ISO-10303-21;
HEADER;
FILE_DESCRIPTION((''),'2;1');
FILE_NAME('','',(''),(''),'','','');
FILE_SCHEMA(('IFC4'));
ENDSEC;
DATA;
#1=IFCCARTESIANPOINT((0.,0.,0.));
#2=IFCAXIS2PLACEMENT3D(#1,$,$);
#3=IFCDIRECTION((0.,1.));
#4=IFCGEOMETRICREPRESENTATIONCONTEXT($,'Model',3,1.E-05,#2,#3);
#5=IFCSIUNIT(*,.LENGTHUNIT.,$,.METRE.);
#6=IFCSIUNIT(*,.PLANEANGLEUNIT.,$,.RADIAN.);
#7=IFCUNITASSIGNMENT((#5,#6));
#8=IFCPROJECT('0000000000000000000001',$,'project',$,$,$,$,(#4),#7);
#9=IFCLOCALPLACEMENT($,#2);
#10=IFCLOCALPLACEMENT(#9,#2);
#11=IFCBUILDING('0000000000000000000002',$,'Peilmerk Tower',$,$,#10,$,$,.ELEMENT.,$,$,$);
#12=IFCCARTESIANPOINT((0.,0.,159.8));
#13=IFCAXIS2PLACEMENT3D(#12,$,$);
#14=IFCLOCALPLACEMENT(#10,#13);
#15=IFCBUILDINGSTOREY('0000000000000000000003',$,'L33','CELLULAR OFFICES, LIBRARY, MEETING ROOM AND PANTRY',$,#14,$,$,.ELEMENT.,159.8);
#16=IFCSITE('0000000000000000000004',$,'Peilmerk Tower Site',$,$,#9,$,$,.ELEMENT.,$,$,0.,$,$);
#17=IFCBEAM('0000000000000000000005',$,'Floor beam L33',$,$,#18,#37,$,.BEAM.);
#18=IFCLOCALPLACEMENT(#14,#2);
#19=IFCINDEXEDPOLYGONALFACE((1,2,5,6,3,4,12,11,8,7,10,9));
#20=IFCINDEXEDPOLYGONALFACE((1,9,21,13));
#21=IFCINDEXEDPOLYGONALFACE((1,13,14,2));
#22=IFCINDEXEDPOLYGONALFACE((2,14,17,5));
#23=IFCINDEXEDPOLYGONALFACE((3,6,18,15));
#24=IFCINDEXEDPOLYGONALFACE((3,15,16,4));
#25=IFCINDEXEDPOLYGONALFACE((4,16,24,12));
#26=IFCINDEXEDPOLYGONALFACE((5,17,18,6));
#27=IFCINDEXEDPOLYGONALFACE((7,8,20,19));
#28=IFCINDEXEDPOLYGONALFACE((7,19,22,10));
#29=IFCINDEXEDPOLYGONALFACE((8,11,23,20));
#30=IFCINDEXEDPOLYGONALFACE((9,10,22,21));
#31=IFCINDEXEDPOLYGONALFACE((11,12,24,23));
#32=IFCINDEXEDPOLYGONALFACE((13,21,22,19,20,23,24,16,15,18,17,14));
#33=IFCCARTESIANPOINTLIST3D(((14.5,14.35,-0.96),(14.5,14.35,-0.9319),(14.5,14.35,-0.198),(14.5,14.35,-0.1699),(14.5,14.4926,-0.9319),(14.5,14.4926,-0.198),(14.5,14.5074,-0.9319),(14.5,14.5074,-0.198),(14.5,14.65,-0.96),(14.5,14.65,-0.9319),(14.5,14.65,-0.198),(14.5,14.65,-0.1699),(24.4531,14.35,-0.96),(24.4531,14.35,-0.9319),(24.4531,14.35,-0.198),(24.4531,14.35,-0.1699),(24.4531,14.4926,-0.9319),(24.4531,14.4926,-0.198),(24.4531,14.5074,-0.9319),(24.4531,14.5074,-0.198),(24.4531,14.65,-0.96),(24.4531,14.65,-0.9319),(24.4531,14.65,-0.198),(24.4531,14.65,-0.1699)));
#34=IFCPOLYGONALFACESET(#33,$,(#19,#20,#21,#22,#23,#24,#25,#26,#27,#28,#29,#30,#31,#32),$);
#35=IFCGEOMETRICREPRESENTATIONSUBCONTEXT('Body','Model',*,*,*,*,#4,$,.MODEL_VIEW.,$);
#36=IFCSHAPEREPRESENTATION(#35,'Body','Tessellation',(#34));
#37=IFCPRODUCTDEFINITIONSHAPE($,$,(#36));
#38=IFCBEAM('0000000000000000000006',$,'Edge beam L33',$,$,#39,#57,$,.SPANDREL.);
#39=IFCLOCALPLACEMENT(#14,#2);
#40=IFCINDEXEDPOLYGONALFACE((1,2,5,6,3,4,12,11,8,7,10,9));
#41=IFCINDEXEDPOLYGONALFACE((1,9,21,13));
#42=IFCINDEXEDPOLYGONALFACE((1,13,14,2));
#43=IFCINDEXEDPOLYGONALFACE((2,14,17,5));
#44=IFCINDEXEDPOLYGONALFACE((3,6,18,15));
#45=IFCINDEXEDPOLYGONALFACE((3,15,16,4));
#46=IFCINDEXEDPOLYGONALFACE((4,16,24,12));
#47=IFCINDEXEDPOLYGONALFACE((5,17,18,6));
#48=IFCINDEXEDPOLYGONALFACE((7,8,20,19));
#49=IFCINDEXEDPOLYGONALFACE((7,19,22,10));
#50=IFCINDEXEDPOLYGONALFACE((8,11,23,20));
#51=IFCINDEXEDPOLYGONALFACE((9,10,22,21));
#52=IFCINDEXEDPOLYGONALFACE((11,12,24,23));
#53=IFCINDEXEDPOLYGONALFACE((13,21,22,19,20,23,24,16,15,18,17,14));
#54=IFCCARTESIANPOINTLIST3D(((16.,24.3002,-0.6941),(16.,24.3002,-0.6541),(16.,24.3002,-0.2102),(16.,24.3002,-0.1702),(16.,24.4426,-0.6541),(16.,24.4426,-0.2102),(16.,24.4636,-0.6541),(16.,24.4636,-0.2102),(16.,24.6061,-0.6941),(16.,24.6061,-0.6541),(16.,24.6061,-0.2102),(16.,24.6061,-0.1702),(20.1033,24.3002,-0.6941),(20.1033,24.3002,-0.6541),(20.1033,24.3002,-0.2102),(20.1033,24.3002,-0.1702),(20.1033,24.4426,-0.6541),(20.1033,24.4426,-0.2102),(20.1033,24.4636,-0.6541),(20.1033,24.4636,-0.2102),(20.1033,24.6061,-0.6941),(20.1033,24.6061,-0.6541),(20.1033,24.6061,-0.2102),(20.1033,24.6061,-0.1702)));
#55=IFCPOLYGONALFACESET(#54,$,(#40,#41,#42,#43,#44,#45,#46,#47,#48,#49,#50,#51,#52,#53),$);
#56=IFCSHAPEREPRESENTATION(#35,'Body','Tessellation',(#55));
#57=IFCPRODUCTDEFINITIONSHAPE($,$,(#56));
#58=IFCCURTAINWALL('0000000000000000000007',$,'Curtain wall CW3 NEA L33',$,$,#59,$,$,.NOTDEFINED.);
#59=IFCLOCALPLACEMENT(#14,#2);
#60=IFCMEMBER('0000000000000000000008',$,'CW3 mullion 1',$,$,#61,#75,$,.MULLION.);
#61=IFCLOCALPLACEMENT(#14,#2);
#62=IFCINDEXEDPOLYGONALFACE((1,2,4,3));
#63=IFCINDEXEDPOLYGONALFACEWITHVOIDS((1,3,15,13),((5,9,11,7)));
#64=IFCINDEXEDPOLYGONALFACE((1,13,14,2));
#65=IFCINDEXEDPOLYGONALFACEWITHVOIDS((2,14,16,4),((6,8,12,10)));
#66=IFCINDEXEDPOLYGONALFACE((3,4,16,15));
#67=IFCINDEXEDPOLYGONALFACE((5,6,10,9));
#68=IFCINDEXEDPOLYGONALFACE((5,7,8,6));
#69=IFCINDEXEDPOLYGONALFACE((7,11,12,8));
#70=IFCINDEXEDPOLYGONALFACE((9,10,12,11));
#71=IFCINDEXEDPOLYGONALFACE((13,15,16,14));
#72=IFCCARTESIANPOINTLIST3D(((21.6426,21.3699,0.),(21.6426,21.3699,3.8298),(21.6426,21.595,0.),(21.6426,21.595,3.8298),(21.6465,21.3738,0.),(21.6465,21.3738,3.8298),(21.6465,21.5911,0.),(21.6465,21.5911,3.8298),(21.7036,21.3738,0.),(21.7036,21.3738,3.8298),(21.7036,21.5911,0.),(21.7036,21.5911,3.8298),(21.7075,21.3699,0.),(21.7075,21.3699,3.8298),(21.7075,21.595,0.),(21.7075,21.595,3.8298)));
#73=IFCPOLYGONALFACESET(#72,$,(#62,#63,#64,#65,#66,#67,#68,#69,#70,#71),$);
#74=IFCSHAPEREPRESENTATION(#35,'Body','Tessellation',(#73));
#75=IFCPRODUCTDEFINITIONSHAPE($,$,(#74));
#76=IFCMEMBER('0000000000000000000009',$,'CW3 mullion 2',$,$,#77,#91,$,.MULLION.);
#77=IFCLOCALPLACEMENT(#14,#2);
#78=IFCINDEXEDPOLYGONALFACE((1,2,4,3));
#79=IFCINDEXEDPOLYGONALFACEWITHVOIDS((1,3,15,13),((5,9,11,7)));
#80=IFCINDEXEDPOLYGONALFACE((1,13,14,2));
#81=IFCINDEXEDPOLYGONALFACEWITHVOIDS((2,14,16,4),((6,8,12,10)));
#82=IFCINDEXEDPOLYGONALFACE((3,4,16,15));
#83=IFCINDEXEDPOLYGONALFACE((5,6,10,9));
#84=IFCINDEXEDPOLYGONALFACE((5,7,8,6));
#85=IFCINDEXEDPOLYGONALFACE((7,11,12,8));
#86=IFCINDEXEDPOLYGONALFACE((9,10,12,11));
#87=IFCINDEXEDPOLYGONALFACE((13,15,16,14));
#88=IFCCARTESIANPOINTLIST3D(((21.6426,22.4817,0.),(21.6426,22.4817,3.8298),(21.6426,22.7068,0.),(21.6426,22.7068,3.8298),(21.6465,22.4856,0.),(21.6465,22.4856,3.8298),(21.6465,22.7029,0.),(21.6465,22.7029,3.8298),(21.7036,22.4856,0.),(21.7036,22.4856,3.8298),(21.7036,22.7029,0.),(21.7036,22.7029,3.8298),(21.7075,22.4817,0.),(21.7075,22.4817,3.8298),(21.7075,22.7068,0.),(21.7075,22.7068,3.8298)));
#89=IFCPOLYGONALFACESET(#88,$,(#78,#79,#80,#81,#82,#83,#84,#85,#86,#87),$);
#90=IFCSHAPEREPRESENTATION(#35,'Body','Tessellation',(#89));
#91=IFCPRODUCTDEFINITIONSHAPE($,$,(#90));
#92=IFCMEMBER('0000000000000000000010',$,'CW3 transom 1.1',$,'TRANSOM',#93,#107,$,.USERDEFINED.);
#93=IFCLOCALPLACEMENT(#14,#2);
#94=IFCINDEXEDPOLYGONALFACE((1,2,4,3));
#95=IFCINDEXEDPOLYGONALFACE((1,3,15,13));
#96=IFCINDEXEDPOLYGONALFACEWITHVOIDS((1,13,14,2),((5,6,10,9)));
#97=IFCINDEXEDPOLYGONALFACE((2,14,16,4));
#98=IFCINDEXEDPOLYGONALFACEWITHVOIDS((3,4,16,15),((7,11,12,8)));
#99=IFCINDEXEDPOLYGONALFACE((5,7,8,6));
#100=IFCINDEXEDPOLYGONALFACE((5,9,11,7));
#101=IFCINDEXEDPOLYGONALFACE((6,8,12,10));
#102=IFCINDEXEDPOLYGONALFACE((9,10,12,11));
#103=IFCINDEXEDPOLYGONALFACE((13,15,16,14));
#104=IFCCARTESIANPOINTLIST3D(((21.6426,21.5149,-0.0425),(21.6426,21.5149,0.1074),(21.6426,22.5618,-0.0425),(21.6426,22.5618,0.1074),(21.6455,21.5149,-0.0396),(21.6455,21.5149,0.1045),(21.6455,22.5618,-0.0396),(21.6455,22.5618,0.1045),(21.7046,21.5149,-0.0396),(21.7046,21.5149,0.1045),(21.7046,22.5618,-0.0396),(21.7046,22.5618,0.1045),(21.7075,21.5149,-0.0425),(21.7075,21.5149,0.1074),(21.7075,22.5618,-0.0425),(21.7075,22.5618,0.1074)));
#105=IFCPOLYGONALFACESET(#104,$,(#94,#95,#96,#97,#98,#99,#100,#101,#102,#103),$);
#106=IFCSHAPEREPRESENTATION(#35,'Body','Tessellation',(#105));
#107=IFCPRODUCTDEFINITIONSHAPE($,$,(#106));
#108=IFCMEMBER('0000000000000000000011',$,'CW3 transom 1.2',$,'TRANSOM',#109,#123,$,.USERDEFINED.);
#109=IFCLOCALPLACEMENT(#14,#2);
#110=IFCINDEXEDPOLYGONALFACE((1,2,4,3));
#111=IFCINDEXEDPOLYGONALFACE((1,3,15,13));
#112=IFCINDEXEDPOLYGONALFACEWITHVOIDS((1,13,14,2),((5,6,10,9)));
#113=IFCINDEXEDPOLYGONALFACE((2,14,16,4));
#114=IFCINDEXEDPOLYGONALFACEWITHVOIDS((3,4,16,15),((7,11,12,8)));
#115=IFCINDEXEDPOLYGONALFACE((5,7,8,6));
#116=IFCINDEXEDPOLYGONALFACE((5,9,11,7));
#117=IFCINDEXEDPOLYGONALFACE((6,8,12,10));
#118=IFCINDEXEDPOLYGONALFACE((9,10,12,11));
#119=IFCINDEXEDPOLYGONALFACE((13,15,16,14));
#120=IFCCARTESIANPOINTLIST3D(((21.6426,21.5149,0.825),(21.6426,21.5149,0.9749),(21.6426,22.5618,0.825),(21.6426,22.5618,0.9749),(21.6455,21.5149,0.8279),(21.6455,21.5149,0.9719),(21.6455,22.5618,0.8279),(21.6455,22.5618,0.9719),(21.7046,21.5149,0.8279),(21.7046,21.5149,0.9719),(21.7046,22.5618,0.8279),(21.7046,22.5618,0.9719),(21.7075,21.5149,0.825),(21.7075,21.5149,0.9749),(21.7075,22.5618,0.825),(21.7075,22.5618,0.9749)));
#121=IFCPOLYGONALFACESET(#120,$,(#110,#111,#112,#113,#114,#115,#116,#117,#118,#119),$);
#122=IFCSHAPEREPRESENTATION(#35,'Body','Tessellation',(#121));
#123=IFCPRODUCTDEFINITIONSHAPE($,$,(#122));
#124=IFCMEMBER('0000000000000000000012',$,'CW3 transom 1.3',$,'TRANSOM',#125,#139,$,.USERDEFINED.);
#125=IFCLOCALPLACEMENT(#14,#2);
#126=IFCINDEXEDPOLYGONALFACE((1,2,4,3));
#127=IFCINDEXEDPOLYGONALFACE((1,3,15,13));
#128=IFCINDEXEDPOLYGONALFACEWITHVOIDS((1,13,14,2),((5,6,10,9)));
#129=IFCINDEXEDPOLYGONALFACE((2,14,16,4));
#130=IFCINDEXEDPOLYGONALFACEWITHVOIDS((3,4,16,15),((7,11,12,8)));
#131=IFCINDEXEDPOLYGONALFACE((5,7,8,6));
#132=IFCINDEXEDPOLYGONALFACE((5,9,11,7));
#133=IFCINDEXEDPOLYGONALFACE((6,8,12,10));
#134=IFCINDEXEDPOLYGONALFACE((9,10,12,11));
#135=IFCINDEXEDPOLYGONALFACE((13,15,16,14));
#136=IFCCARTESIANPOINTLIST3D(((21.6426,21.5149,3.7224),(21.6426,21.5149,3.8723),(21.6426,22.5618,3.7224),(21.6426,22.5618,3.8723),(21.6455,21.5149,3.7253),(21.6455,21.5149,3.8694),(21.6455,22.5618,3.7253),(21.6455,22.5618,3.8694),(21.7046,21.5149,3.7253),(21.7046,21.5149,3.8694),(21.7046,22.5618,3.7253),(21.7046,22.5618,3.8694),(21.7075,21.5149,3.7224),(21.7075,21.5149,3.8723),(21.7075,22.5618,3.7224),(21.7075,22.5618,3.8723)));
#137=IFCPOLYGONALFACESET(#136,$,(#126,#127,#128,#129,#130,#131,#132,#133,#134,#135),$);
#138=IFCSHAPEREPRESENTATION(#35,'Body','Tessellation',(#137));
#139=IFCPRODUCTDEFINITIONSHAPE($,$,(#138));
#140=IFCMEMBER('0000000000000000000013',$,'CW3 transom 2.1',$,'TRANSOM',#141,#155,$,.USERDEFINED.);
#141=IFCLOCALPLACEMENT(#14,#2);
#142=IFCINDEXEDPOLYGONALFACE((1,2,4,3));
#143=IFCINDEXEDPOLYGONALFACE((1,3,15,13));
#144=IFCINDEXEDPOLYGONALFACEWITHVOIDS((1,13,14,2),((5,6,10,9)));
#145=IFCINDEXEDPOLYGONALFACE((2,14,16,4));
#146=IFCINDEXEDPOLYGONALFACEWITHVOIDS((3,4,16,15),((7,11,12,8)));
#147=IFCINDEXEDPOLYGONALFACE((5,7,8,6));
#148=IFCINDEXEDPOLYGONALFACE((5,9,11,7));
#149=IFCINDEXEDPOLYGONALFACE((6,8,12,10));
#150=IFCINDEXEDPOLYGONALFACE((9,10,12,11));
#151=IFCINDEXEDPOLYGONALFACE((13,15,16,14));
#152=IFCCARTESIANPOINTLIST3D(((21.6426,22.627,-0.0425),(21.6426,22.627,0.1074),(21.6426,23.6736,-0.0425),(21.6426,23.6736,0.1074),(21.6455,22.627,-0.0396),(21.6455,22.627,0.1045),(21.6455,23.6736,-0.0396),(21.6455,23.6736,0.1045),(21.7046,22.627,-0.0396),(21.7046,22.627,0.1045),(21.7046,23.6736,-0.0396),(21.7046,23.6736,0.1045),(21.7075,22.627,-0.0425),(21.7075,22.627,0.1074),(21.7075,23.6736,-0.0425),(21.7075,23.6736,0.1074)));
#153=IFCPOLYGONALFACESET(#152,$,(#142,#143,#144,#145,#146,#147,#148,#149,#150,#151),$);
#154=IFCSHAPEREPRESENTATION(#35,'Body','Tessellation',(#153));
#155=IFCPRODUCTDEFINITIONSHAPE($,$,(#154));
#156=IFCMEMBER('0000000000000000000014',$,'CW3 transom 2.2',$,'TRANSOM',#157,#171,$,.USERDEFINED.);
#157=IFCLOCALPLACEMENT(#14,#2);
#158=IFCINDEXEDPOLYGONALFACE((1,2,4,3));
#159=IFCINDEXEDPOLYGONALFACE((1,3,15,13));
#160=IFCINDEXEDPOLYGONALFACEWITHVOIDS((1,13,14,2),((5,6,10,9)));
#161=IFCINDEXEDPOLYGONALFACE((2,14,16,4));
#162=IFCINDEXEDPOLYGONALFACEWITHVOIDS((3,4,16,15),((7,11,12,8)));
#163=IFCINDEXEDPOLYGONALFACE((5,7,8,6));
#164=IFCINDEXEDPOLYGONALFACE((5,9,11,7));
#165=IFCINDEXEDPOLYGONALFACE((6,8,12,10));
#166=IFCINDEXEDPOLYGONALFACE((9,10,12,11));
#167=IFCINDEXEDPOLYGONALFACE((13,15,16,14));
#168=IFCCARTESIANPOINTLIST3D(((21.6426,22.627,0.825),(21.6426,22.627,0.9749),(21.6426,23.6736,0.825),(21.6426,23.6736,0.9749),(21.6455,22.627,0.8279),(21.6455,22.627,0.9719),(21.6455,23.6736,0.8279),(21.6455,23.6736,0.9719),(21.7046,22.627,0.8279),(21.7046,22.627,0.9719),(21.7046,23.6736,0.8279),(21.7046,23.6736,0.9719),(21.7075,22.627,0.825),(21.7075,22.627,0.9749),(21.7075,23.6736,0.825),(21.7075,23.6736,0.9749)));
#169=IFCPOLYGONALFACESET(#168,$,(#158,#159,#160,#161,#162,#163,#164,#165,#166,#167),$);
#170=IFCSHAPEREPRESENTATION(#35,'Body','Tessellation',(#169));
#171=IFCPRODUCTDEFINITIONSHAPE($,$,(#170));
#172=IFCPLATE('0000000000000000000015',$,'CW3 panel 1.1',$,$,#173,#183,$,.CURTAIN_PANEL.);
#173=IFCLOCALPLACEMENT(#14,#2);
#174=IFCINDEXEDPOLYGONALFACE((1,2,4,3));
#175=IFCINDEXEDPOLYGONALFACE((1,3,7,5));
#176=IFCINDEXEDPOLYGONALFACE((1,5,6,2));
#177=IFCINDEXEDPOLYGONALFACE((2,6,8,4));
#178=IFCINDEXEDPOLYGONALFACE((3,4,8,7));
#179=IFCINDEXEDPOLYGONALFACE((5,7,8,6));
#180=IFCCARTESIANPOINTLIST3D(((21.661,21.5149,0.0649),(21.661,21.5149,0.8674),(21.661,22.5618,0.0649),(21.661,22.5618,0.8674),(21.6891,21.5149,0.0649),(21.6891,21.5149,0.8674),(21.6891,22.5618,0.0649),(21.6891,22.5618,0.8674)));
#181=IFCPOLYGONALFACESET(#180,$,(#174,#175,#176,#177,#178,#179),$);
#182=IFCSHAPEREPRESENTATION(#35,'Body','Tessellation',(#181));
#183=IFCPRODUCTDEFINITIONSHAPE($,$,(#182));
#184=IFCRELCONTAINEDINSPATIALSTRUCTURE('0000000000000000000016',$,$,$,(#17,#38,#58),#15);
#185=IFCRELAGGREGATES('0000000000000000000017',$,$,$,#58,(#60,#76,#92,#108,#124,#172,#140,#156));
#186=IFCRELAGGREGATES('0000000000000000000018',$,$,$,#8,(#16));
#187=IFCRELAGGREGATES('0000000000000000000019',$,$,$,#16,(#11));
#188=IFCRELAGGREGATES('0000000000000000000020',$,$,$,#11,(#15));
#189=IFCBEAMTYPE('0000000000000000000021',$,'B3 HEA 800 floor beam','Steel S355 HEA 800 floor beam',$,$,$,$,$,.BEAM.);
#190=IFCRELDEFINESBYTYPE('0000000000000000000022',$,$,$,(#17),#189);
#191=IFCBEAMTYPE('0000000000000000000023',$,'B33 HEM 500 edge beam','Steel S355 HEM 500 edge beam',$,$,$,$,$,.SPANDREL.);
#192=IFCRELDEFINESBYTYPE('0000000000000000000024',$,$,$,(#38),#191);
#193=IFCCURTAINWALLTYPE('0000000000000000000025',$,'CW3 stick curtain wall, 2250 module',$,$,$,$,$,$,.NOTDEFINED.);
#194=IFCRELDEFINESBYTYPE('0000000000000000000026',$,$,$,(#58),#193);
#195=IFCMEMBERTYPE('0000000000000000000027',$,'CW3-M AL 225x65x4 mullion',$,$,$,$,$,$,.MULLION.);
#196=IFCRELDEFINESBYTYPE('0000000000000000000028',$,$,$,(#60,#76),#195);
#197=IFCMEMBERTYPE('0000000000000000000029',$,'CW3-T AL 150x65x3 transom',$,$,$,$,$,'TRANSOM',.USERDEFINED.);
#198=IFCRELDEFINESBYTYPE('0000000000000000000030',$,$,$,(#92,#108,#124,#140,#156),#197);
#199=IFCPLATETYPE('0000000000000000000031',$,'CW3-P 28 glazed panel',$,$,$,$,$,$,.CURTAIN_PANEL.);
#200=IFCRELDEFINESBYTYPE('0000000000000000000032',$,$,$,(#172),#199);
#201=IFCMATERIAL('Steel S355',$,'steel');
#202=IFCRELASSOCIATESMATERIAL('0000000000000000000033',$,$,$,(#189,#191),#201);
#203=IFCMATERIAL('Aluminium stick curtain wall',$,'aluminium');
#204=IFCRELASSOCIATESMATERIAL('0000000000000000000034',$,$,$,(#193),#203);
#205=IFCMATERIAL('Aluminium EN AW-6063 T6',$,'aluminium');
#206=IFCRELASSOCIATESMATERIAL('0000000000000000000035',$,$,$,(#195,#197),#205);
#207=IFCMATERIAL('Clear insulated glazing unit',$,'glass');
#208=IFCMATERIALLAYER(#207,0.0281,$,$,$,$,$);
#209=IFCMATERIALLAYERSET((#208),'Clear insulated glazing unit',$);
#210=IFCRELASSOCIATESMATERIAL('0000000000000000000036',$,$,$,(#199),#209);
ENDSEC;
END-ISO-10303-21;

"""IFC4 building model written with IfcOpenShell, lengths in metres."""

from ifc_helpers import new_model, si_unit, direction, frame, origin, origin_2d, place, context, subcontext, project, spatial, rectangle, hollow_rectangle, i_section, extrude, material, layer, layer_set, material_profile, profile_set, type_object, element, aggregate, save


model = new_model("IFC4")

# Units and contexts
model_context = context("Model", 3, precision=1e-05, world=origin(), true_north=direction((0.0, 1.0)))
body_context = subcontext(model_context, "Body", "Model", "MODEL_VIEW")
ifc_project = project(units=[si_unit("LENGTHUNIT", "METRE"), si_unit("PLANEANGLEUNIT", "RADIAN")], contexts=[model_context])

# Site, building, storey
site_placement = place(None, origin())
site = spatial("IfcSite", under=ifc_project, at=site_placement, Name="Peilmerk Tower Site", CompositionType="ELEMENT", RefElevation=0.0)
building_placement = place(site_placement, origin())
building = spatial("IfcBuilding", under=site, at=building_placement, Name="Peilmerk Tower", CompositionType="ELEMENT")
storey_placement = place(building_placement, frame((0.0, 0.0, 159.8)))
storey = spatial("IfcBuildingStorey", under=building, at=storey_placement, Name="L33", Description="CELLULAR OFFICES, LIBRARY, MEETING ROOM AND PANTRY", CompositionType="ELEMENT", Elevation=159.8)

# Beams
ifc_material_1 = material(Name="Steel S355", Category="steel")
ifc_material_profile_1 = material_profile(ifc_material_1, i_section(OverallWidth=0.3, OverallDepth=0.79, WebThickness=0.0149, FlangeThickness=0.0281, at=origin_2d()), Name="HEA 800")
ifc_profile_set_1 = profile_set([ifc_material_profile_1], Name="Steel S355")
beam_type_1 = type_object("IfcBeamType", Name="B3 HEA 800 floor beam", Description="Steel S355 HEA 800 floor beam", PredefinedType="BEAM", material=ifc_profile_set_1)
for number, where, z_axis, x_axis, name in (
    (1, (14.5, 14.5, -0.5649), (1.0, 0.0, 0.0), (0.0, 1.0, 0.0), "Floor beam L33"),
):
    element("IfcBeam", number, at=place(storey_placement, frame(where, z_axis=z_axis, x_axis=x_axis)), inside=storey, type_object=beam_type_1, Name=name, PredefinedType="BEAM", context=body_context, shape_type="SweptSolid", body=[
        extrude(i_section(OverallWidth=0.3, OverallDepth=0.79, WebThickness=0.0149, FlangeThickness=0.0281, at=origin_2d()), origin(), (0.0, 0.0, 1.0), 9.9531),
    ])
ifc_material_profile_2 = material_profile(ifc_material_1, i_section(OverallWidth=0.3059, OverallDepth=0.5239, WebThickness=0.021, FlangeThickness=0.04, at=origin_2d()), Name="HEM 500")
ifc_profile_set_2 = profile_set([ifc_material_profile_2], Name="Steel S355")
beam_type_2 = type_object("IfcBeamType", Name="B33 HEM 500 edge beam", Description="Steel S355 HEM 500 edge beam", PredefinedType="SPANDREL", material=ifc_profile_set_2)
beam_1_placement = place(storey_placement, frame((20.1033, 24.4531, -0.4321), z_axis=(-1.0, 0.0, 0.0), x_axis=(0.0, -1.0, 0.0)))
element("IfcBeam", 2, at=beam_1_placement, inside=storey, type_object=beam_type_2, Name="Edge beam L33", PredefinedType="SPANDREL", context=body_context, shape_type="SweptSolid", body=[
    extrude(i_section(OverallWidth=0.3059, OverallDepth=0.5239, WebThickness=0.021, FlangeThickness=0.04, at=origin_2d()), origin(), (0.0, 0.0, 1.0), 4.1033),
])

# Curtain wall, members, plate
ifc_material_2 = material(Name="Aluminium stick curtain wall", Category="aluminium")
curtain_wall_type = type_object("IfcCurtainWallType", Name="CW3 stick curtain wall, 2250 module", PredefinedType="NOTDEFINED", material=ifc_material_2)
curtain_wall_placement = place(storey_placement, origin())
curtain_wall = element("IfcCurtainWall", 3, at=curtain_wall_placement, inside=storey, type_object=curtain_wall_type, Name="Curtain wall CW3 NEA L33", PredefinedType="NOTDEFINED")
ifc_material_3 = material(Name="Aluminium EN AW-6063 T6", Category="aluminium")
ifc_material_profile_3 = material_profile(ifc_material_3, hollow_rectangle(XDim=0.0649, YDim=0.2251, WallThickness=0.0039, at=origin_2d()), Name="AL 225x65x4")
ifc_profile_set_3 = profile_set([ifc_material_profile_3], Name="Aluminium EN AW-6063 T6")
member_type_1 = type_object("IfcMemberType", Name="CW3-M AL 225x65x4 mullion", PredefinedType="MULLION", material=ifc_profile_set_3)
member_1_placement = place(storey_placement, frame((21.675, 21.4824, 0.0), z_axis=(0.0, 0.0, 1.0), x_axis=(-1.0, 0.0, 0.0)))
member_1 = element("IfcMember", 4, at=member_1_placement, type_object=member_type_1, Name="CW3 mullion 1", PredefinedType="MULLION", context=body_context, shape_type="SweptSolid", body=[
    extrude(hollow_rectangle(XDim=0.0649, YDim=0.2251, WallThickness=0.0039, at=origin_2d()), origin(), (0.0, 0.0, 1.0), 3.8298),
])
member_2_placement = place(storey_placement, frame((21.675, 22.5942, 0.0), z_axis=(0.0, 0.0, 1.0), x_axis=(-1.0, 0.0, 0.0)))
member_2 = element("IfcMember", 5, at=member_2_placement, type_object=member_type_1, Name="CW3 mullion 2", PredefinedType="MULLION", context=body_context, shape_type="SweptSolid", body=[
    extrude(hollow_rectangle(XDim=0.0649, YDim=0.2251, WallThickness=0.0039, at=origin_2d()), origin(), (0.0, 0.0, 1.0), 3.8298),
])
ifc_material_profile_4 = material_profile(ifc_material_3, hollow_rectangle(XDim=0.0649, YDim=0.1499, WallThickness=0.0029, at=origin_2d()), Name="AL 150x65x3")
ifc_profile_set_4 = profile_set([ifc_material_profile_4], Name="Aluminium EN AW-6063 T6")
member_type_2 = type_object("IfcMemberType", Name="CW3-T AL 150x65x3 transom", ElementType="TRANSOM", PredefinedType="USERDEFINED", material=ifc_profile_set_4)
member_3_placement = place(storey_placement, frame((21.675, 21.5149, 0.0325), z_axis=(0.0, 1.0, 0.0), x_axis=(-1.0, 0.0, 0.0)))
member_3 = element("IfcMember", 6, at=member_3_placement, type_object=member_type_2, Name="CW3 transom 1.1", ObjectType="TRANSOM", PredefinedType="USERDEFINED", context=body_context, shape_type="SweptSolid", body=[
    extrude(hollow_rectangle(XDim=0.0649, YDim=0.1499, WallThickness=0.0029, at=origin_2d()), origin(), (0.0, 0.0, 1.0), 1.0469),
])
member_4_placement = place(storey_placement, frame((21.675, 21.5149, 0.8999), z_axis=(0.0, 1.0, 0.0), x_axis=(-1.0, 0.0, 0.0)))
member_4 = element("IfcMember", 7, at=member_4_placement, type_object=member_type_2, Name="CW3 transom 1.2", ObjectType="TRANSOM", PredefinedType="USERDEFINED", context=body_context, shape_type="SweptSolid", body=[
    extrude(hollow_rectangle(XDim=0.0649, YDim=0.1499, WallThickness=0.0029, at=origin_2d()), origin(), (0.0, 0.0, 1.0), 1.0469),
])
member_5_placement = place(storey_placement, frame((21.675, 21.5149, 3.7974), z_axis=(0.0, 1.0, 0.0), x_axis=(-1.0, 0.0, 0.0)))
member_5 = element("IfcMember", 8, at=member_5_placement, type_object=member_type_2, Name="CW3 transom 1.3", ObjectType="TRANSOM", PredefinedType="USERDEFINED", context=body_context, shape_type="SweptSolid", body=[
    extrude(hollow_rectangle(XDim=0.0649, YDim=0.1499, WallThickness=0.0029, at=origin_2d()), origin(), (0.0, 0.0, 1.0), 1.0469),
])
member_6_placement = place(storey_placement, frame((21.675, 22.627, 0.0325), z_axis=(0.0, 1.0, 0.0), x_axis=(-1.0, 0.0, 0.0)))
member_6 = element("IfcMember", 9, at=member_6_placement, type_object=member_type_2, Name="CW3 transom 2.1", ObjectType="TRANSOM", PredefinedType="USERDEFINED", context=body_context, shape_type="SweptSolid", body=[
    extrude(hollow_rectangle(XDim=0.0649, YDim=0.1499, WallThickness=0.0029, at=origin_2d()), origin(), (0.0, 0.0, 1.0), 1.0466),
])
member_7_placement = place(storey_placement, frame((21.675, 22.627, 0.8999), z_axis=(0.0, 1.0, 0.0), x_axis=(-1.0, 0.0, 0.0)))
member_7 = element("IfcMember", 10, at=member_7_placement, type_object=member_type_2, Name="CW3 transom 2.2", ObjectType="TRANSOM", PredefinedType="USERDEFINED", context=body_context, shape_type="SweptSolid", body=[
    extrude(hollow_rectangle(XDim=0.0649, YDim=0.1499, WallThickness=0.0029, at=origin_2d()), origin(), (0.0, 0.0, 1.0), 1.0466),
])
ifc_material_4 = material(Name="Clear insulated glazing unit", Category="glass")
ifc_layer_1 = layer(ifc_material_4, 0.0281)
ifc_layer_set_1 = layer_set([ifc_layer_1], Name="Clear insulated glazing unit")
plate_type = type_object("IfcPlateType", Name="CW3-P 28 glazed panel", PredefinedType="CURTAIN_PANEL", material=ifc_layer_set_1)
plate_1_placement = place(storey_placement, frame((21.675, 22.0383, 0.0649), z_axis=(0.0, 0.0, 1.0), x_axis=(0.0, 1.0, 0.0)))
plate_1 = element("IfcPlate", 11, at=plate_1_placement, type_object=plate_type, Name="CW3 panel 1.1", PredefinedType="CURTAIN_PANEL", context=body_context, shape_type="SweptSolid", body=[
    extrude(rectangle(XDim=1.0469, YDim=0.0281, at=origin_2d()), origin(), (0.0, 0.0, 1.0), 0.8025),
])
aggregate(curtain_wall, [member_1, member_2, member_3, member_4, member_5, plate_1, member_6, member_7])

save(model, "model.ifc")
